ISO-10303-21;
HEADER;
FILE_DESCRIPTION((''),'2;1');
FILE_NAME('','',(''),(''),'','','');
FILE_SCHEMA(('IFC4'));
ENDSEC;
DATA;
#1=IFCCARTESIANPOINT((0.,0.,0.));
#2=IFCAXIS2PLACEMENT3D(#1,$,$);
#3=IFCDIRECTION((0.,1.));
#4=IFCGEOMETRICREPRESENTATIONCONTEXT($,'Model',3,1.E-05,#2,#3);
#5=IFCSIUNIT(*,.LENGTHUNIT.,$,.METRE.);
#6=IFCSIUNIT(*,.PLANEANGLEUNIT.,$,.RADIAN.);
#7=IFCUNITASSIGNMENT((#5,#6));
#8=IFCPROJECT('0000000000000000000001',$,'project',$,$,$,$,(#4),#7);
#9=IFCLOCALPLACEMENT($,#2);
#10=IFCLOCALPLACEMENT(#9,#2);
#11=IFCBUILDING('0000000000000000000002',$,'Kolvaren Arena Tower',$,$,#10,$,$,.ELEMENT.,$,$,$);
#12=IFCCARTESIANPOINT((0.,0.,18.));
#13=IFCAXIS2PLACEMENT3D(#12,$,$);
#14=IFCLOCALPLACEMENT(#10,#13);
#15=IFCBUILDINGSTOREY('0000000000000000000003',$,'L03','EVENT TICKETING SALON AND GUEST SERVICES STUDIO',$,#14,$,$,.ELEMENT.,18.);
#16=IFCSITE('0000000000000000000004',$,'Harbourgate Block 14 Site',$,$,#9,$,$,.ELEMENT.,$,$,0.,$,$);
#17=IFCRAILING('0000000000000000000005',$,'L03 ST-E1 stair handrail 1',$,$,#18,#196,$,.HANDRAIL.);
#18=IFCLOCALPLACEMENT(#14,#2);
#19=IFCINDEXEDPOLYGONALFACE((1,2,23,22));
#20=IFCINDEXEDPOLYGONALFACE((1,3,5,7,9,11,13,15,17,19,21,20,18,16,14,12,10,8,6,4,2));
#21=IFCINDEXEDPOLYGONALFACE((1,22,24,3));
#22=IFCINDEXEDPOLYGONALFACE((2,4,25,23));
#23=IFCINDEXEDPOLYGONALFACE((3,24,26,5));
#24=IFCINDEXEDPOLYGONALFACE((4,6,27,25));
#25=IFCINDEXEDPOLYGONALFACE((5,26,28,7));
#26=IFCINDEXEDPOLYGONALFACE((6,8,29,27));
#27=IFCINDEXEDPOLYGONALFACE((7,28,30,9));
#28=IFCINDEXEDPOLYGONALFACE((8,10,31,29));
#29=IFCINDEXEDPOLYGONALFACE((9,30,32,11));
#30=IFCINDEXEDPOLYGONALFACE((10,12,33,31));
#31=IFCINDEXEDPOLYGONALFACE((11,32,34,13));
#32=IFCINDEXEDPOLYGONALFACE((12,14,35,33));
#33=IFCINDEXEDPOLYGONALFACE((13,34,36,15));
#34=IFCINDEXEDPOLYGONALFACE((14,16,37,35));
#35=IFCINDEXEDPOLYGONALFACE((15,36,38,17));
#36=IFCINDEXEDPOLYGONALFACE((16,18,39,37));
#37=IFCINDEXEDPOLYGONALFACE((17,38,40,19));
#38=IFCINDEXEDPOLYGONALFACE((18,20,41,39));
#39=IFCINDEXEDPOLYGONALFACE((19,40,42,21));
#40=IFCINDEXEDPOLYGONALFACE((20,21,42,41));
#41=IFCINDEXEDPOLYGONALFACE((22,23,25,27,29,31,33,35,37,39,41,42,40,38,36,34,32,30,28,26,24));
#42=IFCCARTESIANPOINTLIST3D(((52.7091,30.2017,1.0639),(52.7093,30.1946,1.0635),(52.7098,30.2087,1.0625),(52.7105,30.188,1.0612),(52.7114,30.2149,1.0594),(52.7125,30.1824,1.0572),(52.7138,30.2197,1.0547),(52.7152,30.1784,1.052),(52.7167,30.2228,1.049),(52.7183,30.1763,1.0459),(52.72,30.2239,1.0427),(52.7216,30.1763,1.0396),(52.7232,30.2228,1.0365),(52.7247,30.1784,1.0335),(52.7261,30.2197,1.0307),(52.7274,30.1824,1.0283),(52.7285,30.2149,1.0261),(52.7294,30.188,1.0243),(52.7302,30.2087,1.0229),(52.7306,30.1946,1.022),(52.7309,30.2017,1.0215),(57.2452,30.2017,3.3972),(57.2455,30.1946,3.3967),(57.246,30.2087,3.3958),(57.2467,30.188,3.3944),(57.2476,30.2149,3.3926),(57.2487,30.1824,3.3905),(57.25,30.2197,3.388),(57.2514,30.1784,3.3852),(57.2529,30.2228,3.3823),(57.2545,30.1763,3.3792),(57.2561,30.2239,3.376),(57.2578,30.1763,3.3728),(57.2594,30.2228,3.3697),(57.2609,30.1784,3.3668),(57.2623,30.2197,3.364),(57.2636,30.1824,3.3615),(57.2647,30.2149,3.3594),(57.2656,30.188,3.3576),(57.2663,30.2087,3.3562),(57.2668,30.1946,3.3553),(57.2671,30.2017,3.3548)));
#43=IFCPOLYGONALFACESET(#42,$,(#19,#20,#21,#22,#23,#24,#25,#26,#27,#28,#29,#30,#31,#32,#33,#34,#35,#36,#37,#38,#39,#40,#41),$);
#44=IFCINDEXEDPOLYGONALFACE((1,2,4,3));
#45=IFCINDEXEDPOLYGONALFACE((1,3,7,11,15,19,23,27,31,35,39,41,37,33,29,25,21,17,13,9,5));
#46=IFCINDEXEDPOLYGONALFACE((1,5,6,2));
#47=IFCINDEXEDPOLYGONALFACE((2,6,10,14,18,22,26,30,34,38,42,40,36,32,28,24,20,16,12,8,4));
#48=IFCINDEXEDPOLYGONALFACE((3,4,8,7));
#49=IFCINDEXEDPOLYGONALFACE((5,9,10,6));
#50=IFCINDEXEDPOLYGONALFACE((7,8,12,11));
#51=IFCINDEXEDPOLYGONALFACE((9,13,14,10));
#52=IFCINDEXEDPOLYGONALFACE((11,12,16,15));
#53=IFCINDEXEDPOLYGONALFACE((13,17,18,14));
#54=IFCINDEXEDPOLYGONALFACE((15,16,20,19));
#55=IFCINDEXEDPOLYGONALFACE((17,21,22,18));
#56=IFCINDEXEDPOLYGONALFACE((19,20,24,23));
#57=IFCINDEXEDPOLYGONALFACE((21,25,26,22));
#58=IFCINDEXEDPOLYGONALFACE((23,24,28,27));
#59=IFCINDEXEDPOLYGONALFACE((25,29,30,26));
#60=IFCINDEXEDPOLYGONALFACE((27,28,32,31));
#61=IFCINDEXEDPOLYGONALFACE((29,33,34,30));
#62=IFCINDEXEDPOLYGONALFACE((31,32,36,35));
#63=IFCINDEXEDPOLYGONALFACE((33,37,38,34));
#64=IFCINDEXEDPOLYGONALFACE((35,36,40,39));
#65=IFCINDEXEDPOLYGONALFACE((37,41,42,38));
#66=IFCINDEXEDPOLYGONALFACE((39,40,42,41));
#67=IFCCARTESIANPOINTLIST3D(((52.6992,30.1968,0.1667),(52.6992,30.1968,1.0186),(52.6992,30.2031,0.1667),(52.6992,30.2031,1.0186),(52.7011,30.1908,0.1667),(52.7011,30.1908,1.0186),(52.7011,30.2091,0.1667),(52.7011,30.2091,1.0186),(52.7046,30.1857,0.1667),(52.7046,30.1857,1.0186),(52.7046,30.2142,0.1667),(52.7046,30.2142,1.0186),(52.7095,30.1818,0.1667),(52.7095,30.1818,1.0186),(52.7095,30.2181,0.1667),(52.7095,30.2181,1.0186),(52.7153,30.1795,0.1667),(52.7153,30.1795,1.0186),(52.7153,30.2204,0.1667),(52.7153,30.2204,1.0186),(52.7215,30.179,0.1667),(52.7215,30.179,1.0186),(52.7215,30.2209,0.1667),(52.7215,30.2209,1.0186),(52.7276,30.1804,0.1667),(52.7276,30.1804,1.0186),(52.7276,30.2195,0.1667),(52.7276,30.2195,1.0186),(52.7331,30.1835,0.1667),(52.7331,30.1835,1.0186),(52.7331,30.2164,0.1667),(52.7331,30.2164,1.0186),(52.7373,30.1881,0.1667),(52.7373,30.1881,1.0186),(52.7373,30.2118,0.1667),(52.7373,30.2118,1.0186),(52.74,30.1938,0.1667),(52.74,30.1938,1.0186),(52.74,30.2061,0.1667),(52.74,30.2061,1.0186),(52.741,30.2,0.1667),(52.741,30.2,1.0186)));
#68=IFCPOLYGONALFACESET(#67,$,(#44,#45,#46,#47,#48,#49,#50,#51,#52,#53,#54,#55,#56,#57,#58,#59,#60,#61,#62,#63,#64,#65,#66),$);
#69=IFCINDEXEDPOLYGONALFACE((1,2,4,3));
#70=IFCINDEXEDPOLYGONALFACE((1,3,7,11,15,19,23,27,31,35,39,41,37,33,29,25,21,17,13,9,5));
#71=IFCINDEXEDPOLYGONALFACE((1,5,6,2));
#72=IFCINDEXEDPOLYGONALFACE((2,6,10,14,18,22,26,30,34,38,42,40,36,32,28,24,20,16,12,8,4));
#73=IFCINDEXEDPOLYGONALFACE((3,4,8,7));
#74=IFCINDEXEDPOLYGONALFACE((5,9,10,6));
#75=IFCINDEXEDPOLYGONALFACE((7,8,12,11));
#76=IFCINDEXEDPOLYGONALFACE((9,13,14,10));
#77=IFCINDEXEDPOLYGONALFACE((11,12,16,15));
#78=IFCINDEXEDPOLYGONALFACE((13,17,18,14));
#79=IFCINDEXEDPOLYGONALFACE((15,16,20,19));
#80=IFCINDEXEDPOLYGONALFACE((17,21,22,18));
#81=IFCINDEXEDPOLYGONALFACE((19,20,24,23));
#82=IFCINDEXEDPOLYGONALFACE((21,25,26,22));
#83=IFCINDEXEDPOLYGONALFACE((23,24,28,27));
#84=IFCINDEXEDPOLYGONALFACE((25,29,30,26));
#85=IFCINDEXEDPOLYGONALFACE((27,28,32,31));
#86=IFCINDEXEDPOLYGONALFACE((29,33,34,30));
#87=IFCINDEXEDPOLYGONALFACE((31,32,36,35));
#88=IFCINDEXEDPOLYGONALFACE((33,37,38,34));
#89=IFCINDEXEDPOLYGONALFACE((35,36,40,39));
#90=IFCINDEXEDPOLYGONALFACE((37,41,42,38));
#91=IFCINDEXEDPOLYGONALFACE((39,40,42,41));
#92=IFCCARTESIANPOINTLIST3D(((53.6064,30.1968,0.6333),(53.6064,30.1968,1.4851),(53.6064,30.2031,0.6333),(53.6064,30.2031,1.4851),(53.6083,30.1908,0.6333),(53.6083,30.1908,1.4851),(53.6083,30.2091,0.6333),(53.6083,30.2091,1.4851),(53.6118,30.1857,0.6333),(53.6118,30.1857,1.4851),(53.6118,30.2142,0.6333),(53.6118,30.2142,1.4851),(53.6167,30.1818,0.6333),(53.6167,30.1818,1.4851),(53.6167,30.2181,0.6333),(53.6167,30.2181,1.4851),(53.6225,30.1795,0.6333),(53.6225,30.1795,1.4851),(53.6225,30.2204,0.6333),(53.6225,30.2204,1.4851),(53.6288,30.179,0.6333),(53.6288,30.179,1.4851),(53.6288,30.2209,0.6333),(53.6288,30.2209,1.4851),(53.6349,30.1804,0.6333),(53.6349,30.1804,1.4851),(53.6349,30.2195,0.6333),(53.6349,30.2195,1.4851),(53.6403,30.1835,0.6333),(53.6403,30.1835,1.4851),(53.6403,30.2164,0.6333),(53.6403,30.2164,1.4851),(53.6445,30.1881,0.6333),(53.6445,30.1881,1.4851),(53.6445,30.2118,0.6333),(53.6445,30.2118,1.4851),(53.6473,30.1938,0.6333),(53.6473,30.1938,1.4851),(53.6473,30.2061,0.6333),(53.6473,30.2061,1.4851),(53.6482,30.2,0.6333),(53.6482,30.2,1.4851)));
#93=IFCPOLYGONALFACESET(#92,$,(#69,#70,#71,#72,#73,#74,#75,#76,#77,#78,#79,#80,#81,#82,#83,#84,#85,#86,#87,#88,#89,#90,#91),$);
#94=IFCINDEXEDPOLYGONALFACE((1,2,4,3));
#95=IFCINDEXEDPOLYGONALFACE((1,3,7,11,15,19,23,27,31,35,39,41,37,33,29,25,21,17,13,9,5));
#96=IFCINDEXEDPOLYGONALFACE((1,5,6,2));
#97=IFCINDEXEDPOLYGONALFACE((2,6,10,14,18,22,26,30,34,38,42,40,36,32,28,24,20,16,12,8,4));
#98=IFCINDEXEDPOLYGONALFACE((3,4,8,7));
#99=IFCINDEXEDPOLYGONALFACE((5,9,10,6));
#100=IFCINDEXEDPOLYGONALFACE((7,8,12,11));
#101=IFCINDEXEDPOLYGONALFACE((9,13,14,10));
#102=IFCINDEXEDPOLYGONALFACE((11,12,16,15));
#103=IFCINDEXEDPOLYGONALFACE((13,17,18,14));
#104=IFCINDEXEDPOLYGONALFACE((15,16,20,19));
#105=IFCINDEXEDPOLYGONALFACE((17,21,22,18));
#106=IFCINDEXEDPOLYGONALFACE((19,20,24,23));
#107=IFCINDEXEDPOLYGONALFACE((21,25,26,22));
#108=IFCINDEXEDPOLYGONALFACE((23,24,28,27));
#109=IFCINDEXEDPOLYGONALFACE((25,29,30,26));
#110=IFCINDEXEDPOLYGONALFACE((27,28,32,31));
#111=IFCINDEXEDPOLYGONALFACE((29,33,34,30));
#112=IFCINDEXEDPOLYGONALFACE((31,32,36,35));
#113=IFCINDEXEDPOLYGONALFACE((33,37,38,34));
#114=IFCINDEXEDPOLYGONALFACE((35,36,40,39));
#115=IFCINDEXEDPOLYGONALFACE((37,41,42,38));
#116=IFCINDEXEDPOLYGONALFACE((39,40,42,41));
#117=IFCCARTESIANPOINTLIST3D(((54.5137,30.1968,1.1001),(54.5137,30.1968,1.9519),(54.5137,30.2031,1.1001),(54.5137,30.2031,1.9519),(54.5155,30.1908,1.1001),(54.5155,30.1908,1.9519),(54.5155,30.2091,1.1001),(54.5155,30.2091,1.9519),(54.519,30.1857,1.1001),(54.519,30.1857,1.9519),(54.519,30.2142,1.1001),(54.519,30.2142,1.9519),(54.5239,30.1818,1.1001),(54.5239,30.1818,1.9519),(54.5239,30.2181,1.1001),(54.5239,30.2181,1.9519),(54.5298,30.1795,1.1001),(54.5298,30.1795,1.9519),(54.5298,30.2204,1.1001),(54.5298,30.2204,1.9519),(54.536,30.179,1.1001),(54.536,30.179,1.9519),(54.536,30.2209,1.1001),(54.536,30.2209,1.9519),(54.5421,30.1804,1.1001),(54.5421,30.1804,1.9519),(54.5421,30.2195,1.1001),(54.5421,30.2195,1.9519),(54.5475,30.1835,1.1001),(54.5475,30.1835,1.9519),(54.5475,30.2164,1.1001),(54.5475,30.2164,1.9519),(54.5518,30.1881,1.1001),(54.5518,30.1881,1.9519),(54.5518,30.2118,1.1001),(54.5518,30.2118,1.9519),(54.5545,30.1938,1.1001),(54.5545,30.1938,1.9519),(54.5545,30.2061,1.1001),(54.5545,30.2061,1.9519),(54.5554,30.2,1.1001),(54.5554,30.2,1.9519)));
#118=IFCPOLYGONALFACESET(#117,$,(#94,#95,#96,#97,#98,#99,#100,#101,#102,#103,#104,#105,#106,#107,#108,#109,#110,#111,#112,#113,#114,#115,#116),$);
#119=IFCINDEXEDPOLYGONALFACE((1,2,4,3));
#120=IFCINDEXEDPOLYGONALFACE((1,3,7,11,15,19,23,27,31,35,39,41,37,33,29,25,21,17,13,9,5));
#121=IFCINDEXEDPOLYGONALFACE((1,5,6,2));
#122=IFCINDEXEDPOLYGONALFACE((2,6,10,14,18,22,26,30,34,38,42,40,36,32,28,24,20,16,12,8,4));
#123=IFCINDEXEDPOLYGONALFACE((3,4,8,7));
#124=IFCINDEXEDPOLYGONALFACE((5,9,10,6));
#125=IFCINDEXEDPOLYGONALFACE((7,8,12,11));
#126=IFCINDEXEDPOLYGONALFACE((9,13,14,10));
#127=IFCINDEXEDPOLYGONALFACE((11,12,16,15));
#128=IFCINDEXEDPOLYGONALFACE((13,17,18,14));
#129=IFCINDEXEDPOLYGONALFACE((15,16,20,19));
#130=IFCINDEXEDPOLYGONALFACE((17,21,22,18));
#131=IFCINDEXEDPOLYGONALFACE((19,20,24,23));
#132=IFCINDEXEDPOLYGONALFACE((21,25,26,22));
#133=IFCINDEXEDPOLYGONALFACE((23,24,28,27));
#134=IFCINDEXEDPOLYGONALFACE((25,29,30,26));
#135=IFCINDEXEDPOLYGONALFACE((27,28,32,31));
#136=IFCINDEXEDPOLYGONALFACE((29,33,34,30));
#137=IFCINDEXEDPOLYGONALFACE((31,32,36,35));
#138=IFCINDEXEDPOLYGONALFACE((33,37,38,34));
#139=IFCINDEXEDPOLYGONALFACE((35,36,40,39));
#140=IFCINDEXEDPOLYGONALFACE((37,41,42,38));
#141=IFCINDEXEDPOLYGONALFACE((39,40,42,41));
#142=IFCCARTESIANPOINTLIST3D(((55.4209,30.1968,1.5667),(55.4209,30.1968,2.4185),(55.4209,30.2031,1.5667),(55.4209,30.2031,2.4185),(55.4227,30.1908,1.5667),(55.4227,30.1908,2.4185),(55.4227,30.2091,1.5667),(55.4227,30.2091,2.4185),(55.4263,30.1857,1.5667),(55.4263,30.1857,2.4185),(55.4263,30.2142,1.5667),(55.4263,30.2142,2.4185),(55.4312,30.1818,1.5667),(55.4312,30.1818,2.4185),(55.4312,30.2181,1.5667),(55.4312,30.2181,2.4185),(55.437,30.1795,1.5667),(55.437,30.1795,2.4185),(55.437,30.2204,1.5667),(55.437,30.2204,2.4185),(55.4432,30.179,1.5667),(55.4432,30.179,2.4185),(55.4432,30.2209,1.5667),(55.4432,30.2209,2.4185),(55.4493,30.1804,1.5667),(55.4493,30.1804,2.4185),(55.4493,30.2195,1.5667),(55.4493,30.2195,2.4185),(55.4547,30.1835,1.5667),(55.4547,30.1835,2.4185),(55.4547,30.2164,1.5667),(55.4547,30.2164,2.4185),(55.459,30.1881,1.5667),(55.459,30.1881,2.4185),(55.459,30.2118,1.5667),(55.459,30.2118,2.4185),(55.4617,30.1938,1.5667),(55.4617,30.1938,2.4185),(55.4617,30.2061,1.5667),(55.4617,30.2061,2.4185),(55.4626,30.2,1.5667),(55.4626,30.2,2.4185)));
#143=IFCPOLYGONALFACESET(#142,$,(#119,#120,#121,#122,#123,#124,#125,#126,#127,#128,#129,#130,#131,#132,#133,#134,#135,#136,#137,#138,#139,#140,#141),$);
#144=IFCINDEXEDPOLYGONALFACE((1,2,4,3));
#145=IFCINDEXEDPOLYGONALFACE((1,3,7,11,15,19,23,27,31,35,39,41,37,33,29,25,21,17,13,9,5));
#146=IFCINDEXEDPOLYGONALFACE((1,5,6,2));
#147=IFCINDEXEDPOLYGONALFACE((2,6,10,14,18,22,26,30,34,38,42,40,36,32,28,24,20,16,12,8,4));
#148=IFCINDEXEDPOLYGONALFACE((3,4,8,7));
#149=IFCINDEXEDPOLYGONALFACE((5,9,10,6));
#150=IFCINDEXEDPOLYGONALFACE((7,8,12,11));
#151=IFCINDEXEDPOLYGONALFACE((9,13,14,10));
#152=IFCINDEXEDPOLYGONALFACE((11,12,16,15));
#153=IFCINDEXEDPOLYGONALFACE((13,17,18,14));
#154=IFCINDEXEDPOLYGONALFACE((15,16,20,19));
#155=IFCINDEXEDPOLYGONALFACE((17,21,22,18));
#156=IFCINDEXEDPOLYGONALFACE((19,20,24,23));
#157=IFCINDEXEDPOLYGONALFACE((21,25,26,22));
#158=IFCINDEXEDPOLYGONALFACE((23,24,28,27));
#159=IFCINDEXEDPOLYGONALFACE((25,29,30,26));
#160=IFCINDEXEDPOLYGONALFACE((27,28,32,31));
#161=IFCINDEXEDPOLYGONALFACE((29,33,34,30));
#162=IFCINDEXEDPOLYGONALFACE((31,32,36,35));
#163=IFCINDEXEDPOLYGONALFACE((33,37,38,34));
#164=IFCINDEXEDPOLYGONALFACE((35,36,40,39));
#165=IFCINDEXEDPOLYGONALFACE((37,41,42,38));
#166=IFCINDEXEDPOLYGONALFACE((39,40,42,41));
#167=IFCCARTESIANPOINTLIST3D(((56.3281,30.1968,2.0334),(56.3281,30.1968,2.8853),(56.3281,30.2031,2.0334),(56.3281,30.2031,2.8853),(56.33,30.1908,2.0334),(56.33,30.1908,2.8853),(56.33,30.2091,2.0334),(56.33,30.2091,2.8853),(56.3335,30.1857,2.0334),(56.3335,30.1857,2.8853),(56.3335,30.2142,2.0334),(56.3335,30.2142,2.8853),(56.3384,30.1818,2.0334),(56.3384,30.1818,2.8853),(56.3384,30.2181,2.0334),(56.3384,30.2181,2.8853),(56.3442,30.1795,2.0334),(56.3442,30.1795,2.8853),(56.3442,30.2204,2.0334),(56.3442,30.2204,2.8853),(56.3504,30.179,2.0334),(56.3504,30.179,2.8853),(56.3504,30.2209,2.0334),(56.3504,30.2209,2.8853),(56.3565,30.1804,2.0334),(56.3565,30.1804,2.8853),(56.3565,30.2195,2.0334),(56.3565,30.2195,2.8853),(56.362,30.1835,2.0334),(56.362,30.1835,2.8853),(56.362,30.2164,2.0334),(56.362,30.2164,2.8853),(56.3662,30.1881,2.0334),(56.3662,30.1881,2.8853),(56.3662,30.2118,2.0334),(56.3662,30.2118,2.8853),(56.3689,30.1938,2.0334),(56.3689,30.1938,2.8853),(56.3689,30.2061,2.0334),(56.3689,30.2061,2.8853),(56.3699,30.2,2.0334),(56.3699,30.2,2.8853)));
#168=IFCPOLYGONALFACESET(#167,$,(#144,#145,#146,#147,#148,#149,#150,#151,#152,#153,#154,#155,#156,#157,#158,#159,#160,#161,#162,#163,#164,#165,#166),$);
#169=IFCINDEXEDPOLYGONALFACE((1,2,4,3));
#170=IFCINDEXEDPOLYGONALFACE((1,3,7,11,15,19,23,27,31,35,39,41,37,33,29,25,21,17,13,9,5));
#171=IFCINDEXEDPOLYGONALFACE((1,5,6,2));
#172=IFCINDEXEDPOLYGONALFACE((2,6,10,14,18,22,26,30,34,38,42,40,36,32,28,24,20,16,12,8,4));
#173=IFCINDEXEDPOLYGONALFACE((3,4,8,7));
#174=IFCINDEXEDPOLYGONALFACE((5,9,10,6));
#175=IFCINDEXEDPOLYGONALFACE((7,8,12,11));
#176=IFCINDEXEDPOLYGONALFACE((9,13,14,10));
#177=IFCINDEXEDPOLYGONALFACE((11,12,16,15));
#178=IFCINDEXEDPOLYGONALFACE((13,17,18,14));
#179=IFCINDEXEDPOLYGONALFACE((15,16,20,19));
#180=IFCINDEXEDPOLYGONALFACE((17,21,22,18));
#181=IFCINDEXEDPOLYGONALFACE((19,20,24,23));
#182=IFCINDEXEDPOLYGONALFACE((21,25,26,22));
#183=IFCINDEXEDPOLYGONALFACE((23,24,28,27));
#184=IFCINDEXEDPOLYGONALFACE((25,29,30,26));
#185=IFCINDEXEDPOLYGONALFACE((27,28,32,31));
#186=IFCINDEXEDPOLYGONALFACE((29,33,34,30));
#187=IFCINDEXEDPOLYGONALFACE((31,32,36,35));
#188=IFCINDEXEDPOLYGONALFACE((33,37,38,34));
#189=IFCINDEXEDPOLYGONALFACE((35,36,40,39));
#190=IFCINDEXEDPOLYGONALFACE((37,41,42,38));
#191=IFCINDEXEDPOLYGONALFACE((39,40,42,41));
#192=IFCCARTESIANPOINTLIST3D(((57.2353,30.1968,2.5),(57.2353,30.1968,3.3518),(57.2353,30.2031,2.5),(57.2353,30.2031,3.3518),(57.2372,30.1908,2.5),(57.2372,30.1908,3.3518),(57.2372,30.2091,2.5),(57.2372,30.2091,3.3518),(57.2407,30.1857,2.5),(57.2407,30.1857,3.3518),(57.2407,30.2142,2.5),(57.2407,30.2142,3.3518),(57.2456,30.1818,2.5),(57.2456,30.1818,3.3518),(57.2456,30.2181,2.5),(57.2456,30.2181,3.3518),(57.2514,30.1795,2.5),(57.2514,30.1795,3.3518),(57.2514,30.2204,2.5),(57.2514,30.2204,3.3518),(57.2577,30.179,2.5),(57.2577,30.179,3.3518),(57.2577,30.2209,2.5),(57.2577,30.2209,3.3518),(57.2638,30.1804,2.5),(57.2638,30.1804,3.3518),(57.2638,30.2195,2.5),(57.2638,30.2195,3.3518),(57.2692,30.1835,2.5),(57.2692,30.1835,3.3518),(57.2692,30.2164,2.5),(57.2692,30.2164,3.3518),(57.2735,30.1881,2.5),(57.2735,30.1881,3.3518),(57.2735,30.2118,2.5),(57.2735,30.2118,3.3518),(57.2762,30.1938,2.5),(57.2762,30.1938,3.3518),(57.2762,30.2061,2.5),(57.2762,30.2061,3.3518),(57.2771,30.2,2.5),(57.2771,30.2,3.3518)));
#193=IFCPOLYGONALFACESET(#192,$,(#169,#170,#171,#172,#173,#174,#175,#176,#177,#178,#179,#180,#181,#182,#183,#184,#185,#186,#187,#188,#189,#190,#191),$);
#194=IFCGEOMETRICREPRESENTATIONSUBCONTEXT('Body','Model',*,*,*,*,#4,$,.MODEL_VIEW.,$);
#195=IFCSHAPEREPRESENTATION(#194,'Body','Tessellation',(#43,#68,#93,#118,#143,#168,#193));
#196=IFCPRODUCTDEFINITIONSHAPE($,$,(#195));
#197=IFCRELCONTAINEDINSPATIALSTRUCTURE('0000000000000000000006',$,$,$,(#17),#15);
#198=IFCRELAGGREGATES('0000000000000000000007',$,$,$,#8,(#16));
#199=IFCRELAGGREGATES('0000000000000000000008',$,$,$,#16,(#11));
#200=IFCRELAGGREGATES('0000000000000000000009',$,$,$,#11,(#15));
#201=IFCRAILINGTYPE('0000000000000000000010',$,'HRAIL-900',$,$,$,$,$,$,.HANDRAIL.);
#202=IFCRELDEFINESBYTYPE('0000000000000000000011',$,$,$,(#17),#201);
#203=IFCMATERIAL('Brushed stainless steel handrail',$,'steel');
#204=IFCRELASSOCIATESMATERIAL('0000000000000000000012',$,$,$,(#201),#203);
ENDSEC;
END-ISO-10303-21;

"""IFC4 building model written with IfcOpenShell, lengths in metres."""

from ifc_helpers import new_model, si_unit, direction, frame, origin, origin_2d, place, context, subcontext, project, spatial, circle, extrude, material, type_object, element, save


model = new_model("IFC4")

# Units and contexts
model_context = context("Model", 3, precision=1e-05, world=origin(), true_north=direction((0.0, 1.0)))
body_context = subcontext(model_context, "Body", "Model", "MODEL_VIEW")
ifc_project = project(units=[si_unit("LENGTHUNIT", "METRE"), si_unit("PLANEANGLEUNIT", "RADIAN")], contexts=[model_context])

# Site, building, storey
site_placement = place(None, origin())
site = spatial("IfcSite", under=ifc_project, at=site_placement, Name="Harbourgate Block 14 Site", CompositionType="ELEMENT", RefElevation=0.0)
building_placement = place(site_placement, origin())
building = spatial("IfcBuilding", under=site, at=building_placement, Name="Kolvaren Arena Tower", CompositionType="ELEMENT")
storey_placement = place(building_placement, frame((0.0, 0.0, 18.0)))
storey = spatial("IfcBuildingStorey", under=building, at=storey_placement, Name="L03", Description="EVENT TICKETING SALON AND GUEST SERVICES STUDIO", CompositionType="ELEMENT", Elevation=18.0)

# Railing
ifc_material_1 = material(Name="Brushed stainless steel handrail", Category="steel")
railing_type_1 = type_object("IfcRailingType", Name="HRAIL-900", PredefinedType="HANDRAIL", material=ifc_material_1)
for number, where, name in (
    (1, (52.72, 30.2, 0.1667), "L03 ST-E1 stair handrail 1"),
):
    element("IfcRailing", number, at=place(storey_placement, frame(where)), inside=storey, type_object=railing_type_1, Name=name, PredefinedType="HANDRAIL", context=body_context, shape_type="SweptSolid", body=[
        extrude(circle(Radius=0.0239, at=origin_2d()), frame((0.0, 0.0, 0.876), z_axis=(0.889257, 0.0, 0.457407), x_axis=(0.0, 1.0, 0.0)), (0.0, 0.0, 1.0), 5.1011),
        extrude(circle(Radius=0.021, at=origin_2d()), origin(), (0.0, 0.0, 1.0), 0.8518),
        extrude(circle(Radius=0.021, at=origin_2d()), frame((0.9072, 0.0, 0.4666)), (0.0, 0.0, 1.0), 0.8518),
        extrude(circle(Radius=0.021, at=origin_2d()), frame((1.8145, 0.0, 0.9333)), (0.0, 0.0, 1.0), 0.8518),
        extrude(circle(Radius=0.021, at=origin_2d()), frame((2.7217, 0.0, 1.3999)), (0.0, 0.0, 1.0), 0.8518),
        extrude(circle(Radius=0.021, at=origin_2d()), frame((3.6289, 0.0, 1.8667)), (0.0, 0.0, 1.0), 0.8518),
        extrude(circle(Radius=0.021, at=origin_2d()), frame((4.5361, 0.0, 2.3333)), (0.0, 0.0, 1.0), 0.8518),
    ])

save(model, "model.ifc")
